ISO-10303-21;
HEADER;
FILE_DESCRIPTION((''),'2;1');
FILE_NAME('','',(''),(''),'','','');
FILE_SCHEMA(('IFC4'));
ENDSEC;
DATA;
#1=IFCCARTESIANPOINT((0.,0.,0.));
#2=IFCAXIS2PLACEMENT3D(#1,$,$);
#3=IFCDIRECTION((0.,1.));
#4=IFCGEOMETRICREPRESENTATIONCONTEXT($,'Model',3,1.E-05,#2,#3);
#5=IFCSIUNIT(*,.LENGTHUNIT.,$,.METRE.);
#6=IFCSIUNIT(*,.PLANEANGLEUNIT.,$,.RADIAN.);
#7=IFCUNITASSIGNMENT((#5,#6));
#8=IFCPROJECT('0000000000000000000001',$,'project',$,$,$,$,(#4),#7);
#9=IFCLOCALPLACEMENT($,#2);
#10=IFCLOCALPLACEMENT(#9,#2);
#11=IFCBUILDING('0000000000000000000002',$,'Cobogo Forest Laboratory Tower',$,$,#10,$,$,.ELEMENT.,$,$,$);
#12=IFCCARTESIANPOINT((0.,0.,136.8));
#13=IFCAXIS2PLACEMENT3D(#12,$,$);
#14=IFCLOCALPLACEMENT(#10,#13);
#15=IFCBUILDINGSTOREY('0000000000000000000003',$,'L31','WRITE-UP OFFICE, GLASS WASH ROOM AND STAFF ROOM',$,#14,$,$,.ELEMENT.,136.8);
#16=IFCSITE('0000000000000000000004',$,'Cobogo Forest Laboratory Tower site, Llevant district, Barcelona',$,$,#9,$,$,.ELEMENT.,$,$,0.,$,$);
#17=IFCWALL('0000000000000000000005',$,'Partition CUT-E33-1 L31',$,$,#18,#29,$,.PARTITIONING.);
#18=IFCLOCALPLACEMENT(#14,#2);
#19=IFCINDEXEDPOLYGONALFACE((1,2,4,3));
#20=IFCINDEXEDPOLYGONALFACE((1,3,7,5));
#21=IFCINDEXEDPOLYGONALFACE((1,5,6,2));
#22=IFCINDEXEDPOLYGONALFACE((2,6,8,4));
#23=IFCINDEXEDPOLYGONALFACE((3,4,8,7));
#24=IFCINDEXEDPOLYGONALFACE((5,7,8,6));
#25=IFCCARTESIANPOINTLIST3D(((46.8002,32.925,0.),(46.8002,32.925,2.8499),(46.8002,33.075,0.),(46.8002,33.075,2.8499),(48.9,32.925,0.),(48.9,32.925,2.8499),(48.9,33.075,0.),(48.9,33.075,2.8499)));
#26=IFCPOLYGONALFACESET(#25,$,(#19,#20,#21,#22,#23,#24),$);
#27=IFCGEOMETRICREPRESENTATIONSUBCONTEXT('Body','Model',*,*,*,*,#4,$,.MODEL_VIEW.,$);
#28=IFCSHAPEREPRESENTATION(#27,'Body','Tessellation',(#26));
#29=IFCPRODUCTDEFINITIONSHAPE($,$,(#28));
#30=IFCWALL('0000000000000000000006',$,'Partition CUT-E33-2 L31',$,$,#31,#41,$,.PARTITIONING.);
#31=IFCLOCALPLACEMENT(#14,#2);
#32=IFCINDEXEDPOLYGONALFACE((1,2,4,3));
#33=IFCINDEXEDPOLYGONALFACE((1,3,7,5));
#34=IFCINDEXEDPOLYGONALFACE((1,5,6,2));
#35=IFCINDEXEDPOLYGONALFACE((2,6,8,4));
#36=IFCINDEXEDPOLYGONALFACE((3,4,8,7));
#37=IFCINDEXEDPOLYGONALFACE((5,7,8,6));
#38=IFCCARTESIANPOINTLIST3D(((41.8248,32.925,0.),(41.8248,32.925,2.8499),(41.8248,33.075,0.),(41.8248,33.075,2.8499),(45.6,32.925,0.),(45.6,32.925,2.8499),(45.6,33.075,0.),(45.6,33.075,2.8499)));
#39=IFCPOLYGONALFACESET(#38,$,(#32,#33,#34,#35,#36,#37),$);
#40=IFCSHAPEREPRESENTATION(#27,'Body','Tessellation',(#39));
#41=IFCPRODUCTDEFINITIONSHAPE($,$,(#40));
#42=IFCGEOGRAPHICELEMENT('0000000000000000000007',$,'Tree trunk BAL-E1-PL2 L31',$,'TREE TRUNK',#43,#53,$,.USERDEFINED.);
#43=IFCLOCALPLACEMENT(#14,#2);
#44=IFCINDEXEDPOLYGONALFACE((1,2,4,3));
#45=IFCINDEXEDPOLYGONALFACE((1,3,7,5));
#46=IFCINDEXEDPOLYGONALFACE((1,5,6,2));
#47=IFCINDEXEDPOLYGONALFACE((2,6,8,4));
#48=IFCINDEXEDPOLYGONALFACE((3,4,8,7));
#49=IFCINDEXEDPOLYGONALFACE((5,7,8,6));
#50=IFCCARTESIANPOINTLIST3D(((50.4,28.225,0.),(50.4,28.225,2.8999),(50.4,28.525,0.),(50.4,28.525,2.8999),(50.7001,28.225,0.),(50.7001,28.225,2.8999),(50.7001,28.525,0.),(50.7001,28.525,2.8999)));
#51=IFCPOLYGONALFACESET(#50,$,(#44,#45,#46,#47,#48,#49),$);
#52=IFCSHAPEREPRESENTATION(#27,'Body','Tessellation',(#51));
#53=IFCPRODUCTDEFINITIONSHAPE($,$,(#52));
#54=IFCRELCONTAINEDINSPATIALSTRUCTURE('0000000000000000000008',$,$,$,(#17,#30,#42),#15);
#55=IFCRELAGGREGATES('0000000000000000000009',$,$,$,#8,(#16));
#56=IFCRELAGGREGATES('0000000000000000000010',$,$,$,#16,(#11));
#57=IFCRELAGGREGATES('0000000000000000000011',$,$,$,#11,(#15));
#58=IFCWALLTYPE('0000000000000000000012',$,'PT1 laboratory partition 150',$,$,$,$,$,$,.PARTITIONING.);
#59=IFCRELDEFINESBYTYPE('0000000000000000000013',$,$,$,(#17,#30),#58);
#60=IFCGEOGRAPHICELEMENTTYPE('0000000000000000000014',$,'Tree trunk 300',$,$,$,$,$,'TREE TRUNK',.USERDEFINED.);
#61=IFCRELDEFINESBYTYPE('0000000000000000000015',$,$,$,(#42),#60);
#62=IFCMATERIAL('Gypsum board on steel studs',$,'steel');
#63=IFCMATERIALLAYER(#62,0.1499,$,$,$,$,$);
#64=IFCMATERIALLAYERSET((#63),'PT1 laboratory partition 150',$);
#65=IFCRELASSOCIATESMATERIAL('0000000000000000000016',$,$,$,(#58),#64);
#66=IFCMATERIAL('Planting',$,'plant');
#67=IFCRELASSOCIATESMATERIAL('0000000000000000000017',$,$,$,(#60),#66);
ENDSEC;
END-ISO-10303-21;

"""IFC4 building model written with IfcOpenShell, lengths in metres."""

from ifc_helpers import new_model, si_unit, direction, frame, frame_2d, origin, origin_2d, place, context, subcontext, project, spatial, rectangle, extrude, material, layer, layer_set, type_object, element, save


model = new_model("IFC4")

# Units and contexts
model_context = context("Model", 3, precision=1e-05, world=origin(), true_north=direction((0.0, 1.0)))
body_context = subcontext(model_context, "Body", "Model", "MODEL_VIEW")
ifc_project = project(units=[si_unit("LENGTHUNIT", "METRE"), si_unit("PLANEANGLEUNIT", "RADIAN")], contexts=[model_context])

# Site, building, storey
site_placement = place(None, origin())
site = spatial("IfcSite", under=ifc_project, at=site_placement, Name="Cobogo Forest Laboratory Tower site, Llevant district, Barcelona", CompositionType="ELEMENT", RefElevation=0.0)
building_placement = place(site_placement, origin())
building = spatial("IfcBuilding", under=site, at=building_placement, Name="Cobogo Forest Laboratory Tower", CompositionType="ELEMENT")
storey_placement = place(building_placement, frame((0.0, 0.0, 136.8)))
storey = spatial("IfcBuildingStorey", under=building, at=storey_placement, Name="L31", Description="WRITE-UP OFFICE, GLASS WASH ROOM AND STAFF ROOM", CompositionType="ELEMENT", Elevation=136.8)

# Shared definitions
ifc_material_1 = material(Name="Gypsum board on steel studs", Category="steel")
ifc_layer_1 = layer(ifc_material_1, 0.1499)
ifc_layer_set_1 = layer_set([ifc_layer_1], Name="PT1 laboratory partition 150")
wall_type = type_object("IfcWallType", Name="PT1 laboratory partition 150", PredefinedType="PARTITIONING", material=ifc_layer_set_1)

# Walls
wall_1_placement = place(storey_placement, frame((48.8999, 33.0, 0.0), z_axis=(0.0, 0.0, 1.0), x_axis=(-1.0, 0.0, 0.0)))
element("IfcWall", 1, at=wall_1_placement, inside=storey, type_object=wall_type, Name="Partition CUT-E33-1 L31", PredefinedType="PARTITIONING", context=body_context, shape_type="SweptSolid", body=[
    extrude(rectangle(XDim=2.0999, YDim=0.1499, at=frame_2d((1.0498, 0.0))), origin(), (0.0, 0.0, 1.0), 2.8499),
])
wall_2_placement = place(storey_placement, frame((45.6001, 33.0, 0.0), z_axis=(0.0, 0.0, 1.0), x_axis=(-1.0, 0.0, 0.0)))
element("IfcWall", 2, at=wall_2_placement, inside=storey, type_object=wall_type, Name="Partition CUT-E33-2 L31", PredefinedType="PARTITIONING", context=body_context, shape_type="SweptSolid", body=[
    extrude(rectangle(XDim=3.7751, YDim=0.1499, at=frame_2d((1.8877, 0.0))), origin(), (0.0, 0.0, 1.0), 2.8499),
])

# Geographic element
ifc_material_2 = material(Name="Planting", Category="plant")
geographic_element_type = type_object("IfcGeographicElementType", Name="Tree trunk 300", ElementType="TREE TRUNK", PredefinedType="USERDEFINED", material=ifc_material_2)
geographic_element_placement = place(storey_placement, frame((50.55, 28.375, 0.0), z_axis=(0.0, 0.0, 1.0), x_axis=(1.0, 0.0, 0.0)))
element("IfcGeographicElement", 3, at=geographic_element_placement, inside=storey, type_object=geographic_element_type, Name="Tree trunk BAL-E1-PL2 L31", ObjectType="TREE TRUNK", PredefinedType="USERDEFINED", context=body_context, shape_type="SweptSolid", body=[
    extrude(rectangle(XDim=0.3, YDim=0.3, at=origin_2d()), origin(), (0.0, 0.0, 1.0), 2.8999),
])

save(model, "model.ifc")
